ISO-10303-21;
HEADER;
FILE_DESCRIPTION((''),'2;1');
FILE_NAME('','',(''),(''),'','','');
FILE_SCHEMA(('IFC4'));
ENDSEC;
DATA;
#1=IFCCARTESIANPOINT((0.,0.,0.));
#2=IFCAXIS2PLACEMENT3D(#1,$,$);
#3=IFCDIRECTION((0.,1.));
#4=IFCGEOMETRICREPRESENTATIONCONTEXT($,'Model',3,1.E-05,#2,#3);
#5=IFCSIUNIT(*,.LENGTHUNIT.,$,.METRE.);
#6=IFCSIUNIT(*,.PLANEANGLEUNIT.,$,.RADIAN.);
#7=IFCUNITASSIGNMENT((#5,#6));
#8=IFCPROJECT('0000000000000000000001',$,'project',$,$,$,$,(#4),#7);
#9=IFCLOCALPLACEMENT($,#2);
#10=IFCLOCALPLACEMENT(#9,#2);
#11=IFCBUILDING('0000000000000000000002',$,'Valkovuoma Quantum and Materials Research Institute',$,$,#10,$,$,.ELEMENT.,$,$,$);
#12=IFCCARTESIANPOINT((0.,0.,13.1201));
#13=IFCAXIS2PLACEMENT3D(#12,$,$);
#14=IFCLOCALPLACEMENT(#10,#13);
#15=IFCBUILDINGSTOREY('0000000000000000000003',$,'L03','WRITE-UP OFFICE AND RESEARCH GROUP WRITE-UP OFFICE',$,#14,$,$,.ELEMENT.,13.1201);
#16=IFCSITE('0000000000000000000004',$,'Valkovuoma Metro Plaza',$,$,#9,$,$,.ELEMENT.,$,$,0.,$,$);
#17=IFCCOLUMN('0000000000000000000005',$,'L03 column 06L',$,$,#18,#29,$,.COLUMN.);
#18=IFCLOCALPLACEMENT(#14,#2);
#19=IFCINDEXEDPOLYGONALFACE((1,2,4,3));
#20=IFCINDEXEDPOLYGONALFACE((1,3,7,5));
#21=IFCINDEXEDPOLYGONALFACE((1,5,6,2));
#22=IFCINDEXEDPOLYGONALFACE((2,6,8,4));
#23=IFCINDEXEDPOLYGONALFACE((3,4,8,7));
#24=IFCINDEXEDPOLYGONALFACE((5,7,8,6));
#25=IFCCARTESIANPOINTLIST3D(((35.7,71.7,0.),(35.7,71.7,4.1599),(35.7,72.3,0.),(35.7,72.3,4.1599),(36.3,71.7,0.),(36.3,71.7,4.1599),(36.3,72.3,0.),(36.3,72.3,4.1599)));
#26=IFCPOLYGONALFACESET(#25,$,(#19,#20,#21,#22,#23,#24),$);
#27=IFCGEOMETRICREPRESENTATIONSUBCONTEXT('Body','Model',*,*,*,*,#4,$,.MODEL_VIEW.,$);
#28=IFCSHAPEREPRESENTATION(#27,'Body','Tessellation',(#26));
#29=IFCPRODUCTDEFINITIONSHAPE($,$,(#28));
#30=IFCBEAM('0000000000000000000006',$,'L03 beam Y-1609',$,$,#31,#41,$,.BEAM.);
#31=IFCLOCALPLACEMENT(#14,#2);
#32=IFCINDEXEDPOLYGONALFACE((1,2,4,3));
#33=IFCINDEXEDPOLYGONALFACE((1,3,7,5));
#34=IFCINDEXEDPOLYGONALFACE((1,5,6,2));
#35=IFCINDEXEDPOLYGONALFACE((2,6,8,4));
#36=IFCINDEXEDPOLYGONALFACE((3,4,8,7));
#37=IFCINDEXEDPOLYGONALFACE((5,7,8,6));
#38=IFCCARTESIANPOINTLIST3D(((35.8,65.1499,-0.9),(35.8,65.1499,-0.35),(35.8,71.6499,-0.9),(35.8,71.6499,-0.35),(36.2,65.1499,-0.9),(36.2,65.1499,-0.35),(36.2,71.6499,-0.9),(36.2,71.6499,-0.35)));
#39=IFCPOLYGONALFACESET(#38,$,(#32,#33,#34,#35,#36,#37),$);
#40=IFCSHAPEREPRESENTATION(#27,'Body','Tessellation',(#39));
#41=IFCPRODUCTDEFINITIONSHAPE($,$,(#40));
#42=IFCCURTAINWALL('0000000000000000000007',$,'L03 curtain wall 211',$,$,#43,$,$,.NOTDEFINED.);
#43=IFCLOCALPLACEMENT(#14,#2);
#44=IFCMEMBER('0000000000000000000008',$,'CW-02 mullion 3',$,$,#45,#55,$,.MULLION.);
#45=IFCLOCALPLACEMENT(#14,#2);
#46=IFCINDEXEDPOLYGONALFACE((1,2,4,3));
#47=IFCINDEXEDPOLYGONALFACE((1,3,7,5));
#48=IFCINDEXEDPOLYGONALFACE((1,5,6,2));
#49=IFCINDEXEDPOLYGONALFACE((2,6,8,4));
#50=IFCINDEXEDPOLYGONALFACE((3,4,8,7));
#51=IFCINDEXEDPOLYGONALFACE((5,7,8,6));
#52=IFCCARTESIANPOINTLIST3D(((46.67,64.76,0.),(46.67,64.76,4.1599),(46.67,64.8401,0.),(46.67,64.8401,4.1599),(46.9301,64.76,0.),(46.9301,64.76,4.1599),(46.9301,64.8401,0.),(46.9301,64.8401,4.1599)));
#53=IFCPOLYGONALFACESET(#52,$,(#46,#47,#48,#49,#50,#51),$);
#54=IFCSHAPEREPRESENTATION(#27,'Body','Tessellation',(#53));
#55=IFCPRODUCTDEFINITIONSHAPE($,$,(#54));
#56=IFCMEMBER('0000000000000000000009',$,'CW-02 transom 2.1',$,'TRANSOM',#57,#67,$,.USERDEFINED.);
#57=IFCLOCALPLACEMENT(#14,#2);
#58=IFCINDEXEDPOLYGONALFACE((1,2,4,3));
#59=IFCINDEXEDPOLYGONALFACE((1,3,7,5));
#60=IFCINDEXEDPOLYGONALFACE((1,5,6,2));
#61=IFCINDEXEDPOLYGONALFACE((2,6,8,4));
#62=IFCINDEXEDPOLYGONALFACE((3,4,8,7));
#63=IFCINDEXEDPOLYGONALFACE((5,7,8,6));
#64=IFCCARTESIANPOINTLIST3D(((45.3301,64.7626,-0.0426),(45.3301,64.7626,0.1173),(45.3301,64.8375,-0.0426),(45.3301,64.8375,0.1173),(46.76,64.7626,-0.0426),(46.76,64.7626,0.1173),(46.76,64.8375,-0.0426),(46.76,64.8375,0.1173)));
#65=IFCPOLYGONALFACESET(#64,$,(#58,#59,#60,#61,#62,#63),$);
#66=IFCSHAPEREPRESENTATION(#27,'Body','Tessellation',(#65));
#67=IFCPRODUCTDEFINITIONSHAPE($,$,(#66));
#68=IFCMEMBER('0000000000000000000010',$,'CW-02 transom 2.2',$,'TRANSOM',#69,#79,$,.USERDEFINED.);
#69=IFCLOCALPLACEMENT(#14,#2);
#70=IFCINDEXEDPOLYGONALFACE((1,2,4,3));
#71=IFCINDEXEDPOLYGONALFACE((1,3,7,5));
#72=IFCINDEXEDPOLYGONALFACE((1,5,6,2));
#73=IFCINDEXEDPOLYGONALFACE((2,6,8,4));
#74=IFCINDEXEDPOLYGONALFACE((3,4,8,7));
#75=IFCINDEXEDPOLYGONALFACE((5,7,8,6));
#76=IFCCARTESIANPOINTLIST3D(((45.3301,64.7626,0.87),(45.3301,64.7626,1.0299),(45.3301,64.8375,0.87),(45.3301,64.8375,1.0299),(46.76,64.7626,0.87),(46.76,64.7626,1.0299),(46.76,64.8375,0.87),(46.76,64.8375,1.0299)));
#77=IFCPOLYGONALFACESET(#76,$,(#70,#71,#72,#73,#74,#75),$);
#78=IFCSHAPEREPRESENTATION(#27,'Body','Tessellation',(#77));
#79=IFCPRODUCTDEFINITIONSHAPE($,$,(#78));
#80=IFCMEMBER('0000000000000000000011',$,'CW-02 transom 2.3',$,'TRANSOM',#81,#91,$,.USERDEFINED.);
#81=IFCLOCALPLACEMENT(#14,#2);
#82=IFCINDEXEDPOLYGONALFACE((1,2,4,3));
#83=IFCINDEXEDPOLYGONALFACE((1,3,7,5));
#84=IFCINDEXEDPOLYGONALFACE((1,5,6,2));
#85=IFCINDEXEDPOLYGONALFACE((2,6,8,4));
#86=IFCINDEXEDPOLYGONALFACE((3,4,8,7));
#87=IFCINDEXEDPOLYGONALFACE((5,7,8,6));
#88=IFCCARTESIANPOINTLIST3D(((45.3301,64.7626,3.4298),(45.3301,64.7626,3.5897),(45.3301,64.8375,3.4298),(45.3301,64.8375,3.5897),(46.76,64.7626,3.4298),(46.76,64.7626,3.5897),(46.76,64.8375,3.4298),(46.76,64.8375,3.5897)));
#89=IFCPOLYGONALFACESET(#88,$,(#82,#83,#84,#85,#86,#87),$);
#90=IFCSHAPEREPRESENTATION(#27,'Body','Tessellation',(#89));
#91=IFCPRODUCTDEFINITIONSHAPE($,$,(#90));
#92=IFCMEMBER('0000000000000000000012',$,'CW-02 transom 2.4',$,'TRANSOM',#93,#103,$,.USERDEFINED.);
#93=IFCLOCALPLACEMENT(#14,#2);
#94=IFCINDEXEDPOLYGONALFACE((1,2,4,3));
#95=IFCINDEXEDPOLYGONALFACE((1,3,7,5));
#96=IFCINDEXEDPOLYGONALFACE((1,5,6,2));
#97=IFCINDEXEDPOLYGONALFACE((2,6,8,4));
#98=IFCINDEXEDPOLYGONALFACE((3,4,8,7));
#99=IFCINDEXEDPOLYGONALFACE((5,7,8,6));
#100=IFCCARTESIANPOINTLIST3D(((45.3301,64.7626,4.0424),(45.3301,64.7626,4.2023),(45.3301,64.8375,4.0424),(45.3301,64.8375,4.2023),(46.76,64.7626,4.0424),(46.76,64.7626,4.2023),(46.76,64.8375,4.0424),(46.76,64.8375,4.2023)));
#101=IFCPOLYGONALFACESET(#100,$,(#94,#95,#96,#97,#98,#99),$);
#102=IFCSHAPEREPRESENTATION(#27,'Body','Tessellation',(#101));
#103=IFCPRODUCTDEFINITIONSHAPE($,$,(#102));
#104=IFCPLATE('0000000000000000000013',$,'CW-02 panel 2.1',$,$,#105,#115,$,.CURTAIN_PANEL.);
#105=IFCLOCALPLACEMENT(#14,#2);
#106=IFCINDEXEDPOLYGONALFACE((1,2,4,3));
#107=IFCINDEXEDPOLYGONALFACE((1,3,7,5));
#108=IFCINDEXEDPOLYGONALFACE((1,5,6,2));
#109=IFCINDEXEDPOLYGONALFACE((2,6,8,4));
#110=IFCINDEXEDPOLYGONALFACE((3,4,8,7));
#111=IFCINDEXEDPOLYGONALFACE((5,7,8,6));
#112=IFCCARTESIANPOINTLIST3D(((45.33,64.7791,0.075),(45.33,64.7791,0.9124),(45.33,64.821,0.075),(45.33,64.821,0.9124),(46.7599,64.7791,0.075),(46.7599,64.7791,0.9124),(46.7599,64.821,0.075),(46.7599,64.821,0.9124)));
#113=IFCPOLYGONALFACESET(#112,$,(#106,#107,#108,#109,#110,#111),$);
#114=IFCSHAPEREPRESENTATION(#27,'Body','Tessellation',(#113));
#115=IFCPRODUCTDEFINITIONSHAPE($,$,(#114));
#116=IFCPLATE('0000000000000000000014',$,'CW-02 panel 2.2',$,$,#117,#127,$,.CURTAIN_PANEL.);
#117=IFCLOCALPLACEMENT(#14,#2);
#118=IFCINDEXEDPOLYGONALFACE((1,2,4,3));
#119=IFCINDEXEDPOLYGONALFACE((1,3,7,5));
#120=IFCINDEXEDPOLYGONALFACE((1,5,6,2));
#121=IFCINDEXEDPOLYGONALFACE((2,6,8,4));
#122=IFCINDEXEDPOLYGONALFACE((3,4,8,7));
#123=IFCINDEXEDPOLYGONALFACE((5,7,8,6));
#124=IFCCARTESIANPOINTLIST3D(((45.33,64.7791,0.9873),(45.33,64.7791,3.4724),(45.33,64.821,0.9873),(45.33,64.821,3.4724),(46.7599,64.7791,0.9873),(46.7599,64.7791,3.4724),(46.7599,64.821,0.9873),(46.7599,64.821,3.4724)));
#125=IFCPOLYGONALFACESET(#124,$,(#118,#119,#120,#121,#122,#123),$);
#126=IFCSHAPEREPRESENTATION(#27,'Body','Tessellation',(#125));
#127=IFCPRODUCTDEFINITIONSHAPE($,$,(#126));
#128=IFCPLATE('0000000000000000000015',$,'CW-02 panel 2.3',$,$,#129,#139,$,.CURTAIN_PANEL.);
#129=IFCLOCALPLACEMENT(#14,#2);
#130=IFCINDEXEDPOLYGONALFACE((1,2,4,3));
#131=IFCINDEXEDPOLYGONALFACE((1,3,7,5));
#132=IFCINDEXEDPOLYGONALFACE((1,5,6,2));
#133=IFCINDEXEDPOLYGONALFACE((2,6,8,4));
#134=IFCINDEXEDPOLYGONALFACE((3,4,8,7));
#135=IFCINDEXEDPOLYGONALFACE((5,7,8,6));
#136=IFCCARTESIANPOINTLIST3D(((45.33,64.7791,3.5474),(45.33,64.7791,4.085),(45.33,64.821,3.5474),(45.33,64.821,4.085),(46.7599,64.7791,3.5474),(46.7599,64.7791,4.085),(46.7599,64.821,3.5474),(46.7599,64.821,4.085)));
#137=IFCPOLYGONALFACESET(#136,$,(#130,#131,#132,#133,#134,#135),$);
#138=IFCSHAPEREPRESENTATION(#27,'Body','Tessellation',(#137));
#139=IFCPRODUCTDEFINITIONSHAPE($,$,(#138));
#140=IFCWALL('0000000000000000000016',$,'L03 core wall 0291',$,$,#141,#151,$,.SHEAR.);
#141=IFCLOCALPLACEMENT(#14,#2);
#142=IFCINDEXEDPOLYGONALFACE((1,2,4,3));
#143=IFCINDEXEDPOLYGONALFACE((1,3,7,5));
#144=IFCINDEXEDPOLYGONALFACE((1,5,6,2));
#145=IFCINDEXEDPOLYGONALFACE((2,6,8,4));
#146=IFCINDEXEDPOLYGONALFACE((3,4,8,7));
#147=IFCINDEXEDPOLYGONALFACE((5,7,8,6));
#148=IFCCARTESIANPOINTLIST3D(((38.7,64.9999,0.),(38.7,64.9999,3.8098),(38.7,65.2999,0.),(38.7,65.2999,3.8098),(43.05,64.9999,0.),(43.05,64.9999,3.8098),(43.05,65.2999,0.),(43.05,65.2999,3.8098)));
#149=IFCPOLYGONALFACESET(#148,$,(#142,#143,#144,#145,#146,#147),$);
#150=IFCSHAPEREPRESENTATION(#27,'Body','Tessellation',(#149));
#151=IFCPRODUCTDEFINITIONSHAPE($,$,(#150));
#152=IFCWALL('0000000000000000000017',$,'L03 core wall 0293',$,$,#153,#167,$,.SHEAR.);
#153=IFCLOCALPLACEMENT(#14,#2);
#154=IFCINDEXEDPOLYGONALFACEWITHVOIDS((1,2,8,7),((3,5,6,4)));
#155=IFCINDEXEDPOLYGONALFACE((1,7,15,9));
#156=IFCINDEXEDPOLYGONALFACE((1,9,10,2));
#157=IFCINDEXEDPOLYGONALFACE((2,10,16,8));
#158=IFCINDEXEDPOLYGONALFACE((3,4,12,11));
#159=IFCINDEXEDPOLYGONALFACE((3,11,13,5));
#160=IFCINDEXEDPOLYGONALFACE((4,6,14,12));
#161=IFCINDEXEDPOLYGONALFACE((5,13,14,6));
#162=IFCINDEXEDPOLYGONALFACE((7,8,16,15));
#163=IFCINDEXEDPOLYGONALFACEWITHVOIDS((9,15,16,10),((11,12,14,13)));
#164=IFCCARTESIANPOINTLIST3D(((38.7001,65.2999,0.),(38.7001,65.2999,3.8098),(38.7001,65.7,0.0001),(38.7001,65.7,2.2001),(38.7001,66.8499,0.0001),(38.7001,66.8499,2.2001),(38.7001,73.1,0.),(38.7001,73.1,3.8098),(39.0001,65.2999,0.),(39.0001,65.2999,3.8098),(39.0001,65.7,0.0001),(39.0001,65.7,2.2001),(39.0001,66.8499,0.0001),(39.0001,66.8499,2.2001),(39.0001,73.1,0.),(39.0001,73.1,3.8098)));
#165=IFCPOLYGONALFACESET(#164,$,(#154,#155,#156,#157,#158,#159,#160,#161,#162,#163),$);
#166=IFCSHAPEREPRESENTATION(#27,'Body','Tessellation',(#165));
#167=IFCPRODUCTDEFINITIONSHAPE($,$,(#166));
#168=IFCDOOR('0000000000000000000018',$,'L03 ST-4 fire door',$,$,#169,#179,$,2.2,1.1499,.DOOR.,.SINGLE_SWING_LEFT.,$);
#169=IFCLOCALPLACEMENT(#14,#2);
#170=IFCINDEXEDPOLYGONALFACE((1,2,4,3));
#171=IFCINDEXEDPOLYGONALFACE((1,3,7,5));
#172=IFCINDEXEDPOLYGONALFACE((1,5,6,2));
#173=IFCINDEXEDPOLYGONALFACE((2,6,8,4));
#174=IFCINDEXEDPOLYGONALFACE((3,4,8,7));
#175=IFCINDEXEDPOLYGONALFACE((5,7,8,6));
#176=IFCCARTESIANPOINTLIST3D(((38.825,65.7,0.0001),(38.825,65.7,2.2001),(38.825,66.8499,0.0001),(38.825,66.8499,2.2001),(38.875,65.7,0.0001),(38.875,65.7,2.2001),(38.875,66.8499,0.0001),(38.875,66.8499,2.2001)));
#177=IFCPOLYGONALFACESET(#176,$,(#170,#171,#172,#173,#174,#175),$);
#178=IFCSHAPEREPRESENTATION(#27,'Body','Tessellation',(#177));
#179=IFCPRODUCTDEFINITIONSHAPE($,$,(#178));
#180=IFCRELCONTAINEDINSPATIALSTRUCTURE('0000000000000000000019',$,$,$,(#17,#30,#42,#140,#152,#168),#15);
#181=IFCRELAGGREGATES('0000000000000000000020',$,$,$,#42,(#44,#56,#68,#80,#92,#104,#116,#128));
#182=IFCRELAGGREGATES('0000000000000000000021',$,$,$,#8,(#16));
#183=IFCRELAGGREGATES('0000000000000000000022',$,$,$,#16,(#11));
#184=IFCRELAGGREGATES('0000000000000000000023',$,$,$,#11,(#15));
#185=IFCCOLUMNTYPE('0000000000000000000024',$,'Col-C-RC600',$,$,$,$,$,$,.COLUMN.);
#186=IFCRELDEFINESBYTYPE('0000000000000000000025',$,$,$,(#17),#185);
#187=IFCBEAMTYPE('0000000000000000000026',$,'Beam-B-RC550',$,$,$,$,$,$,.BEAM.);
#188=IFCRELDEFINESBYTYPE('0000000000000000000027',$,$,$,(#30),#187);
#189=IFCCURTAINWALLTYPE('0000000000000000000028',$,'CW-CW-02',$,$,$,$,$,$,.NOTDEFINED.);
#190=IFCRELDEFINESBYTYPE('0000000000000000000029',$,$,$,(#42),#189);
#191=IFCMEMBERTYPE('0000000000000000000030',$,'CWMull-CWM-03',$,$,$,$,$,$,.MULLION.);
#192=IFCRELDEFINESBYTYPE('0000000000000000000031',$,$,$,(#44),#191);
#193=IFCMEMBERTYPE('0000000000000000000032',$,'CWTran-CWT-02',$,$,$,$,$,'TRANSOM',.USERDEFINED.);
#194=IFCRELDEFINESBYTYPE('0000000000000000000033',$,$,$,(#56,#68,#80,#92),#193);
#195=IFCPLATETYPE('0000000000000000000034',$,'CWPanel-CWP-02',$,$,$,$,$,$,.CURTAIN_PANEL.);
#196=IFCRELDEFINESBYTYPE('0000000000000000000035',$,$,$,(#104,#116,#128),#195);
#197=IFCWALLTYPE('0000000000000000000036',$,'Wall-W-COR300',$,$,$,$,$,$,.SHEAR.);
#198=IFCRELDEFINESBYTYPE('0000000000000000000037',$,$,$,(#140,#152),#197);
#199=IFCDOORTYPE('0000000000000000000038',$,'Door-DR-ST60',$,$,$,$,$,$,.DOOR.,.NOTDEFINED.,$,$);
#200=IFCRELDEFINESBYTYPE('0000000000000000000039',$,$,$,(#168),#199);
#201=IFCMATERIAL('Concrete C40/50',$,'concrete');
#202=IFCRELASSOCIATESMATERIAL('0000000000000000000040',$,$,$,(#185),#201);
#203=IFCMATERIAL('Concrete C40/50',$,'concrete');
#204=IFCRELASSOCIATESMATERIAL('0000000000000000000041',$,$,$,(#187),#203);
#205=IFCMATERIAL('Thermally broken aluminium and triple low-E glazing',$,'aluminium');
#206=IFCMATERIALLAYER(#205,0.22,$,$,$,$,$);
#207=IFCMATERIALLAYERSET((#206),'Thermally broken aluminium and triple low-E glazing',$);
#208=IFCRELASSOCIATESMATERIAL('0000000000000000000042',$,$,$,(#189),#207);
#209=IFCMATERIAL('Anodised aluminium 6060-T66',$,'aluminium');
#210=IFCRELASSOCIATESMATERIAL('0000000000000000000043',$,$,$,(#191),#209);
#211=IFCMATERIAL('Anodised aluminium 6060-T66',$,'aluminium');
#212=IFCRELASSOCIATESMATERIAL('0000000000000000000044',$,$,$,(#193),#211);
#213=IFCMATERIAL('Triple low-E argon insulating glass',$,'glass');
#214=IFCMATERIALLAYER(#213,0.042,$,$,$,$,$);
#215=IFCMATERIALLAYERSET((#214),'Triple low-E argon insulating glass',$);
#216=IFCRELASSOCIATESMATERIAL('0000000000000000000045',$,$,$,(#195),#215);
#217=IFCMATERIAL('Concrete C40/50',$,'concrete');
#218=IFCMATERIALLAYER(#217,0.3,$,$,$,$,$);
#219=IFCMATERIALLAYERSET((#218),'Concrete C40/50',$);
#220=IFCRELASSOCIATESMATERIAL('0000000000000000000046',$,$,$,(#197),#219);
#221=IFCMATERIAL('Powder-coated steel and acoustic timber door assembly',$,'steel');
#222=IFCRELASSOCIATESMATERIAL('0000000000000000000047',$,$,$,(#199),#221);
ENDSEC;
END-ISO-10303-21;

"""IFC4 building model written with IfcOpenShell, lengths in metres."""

from ifc_helpers import new_model, si_unit, direction, frame, frame_2d, origin, origin_2d, place, context, subcontext, project, spatial, rectangle, extrude, material, layer, layer_set, material_profile, profile_set, type_object, element, fill, aggregate, save


model = new_model("IFC4")

# Units and contexts
model_context = context("Model", 3, precision=1e-05, world=origin(), true_north=direction((0.0, 1.0)))
body_context = subcontext(model_context, "Body", "Model", "MODEL_VIEW")
ifc_project = project(units=[si_unit("LENGTHUNIT", "METRE"), si_unit("PLANEANGLEUNIT", "RADIAN")], contexts=[model_context])

# Site, building, storey
site_placement = place(None, origin())
site = spatial("IfcSite", under=ifc_project, at=site_placement, Name="Valkovuoma Metro Plaza", CompositionType="ELEMENT", RefElevation=0.0)
building_placement = place(site_placement, origin())
building = spatial("IfcBuilding", under=site, at=building_placement, Name="Valkovuoma Quantum and Materials Research Institute", CompositionType="ELEMENT")
storey_placement = place(building_placement, frame((0.0, 0.0, 13.1201)))
storey = spatial("IfcBuildingStorey", under=building, at=storey_placement, Name="L03", Description="WRITE-UP OFFICE AND RESEARCH GROUP WRITE-UP OFFICE", CompositionType="ELEMENT", Elevation=13.1201)

# Column
ifc_material_1 = material(Name="Concrete C40/50", Category="concrete")
ifc_material_profile_1 = material_profile(ifc_material_1, rectangle(XDim=0.6001, YDim=0.6001, at=origin_2d()), Name="Concrete C40/50")
ifc_profile_set_1 = profile_set([ifc_material_profile_1], Name="Concrete C40/50")
column_type = type_object("IfcColumnType", Name="Col-C-RC600", PredefinedType="COLUMN", material=ifc_profile_set_1)
column_placement = place(storey_placement, frame((36.0, 72.0, 0.0), z_axis=(0.0, 0.0, 1.0), x_axis=(1.0, 0.0, 0.0)))
element("IfcColumn", 1, at=column_placement, inside=storey, type_object=column_type, Name="L03 column 06L", PredefinedType="COLUMN", context=body_context, shape_type="SweptSolid", body=[
    extrude(rectangle(XDim=0.6001, YDim=0.6001, at=origin_2d()), origin(), (0.0, 0.0, 1.0), 4.1599),
])

# Beam
ifc_material_2 = material(Name="Concrete C40/50", Category="concrete")
ifc_material_profile_2 = material_profile(ifc_material_2, rectangle(XDim=0.3999, YDim=0.55, at=origin_2d()), Name="Concrete C40/50")
ifc_profile_set_2 = profile_set([ifc_material_profile_2], Name="Concrete C40/50")
beam_type = type_object("IfcBeamType", Name="Beam-B-RC550", PredefinedType="BEAM", material=ifc_profile_set_2)
beam_placement = place(storey_placement, frame((36.0, 65.1499, -0.625), z_axis=(0.0, 1.0, 0.0), x_axis=(-1.0, 0.0, 0.0)))
element("IfcBeam", 2, at=beam_placement, inside=storey, type_object=beam_type, Name="L03 beam Y-1609", PredefinedType="BEAM", context=body_context, shape_type="SweptSolid", body=[
    extrude(rectangle(XDim=0.3999, YDim=0.55, at=origin_2d()), origin(), (0.0, 0.0, 1.0), 6.5),
])

# Curtain wall, members, plates
ifc_material_3 = material(Name="Thermally broken aluminium and triple low-E glazing", Category="aluminium")
ifc_layer_1 = layer(ifc_material_3, 0.22)
ifc_layer_set_1 = layer_set([ifc_layer_1], Name="Thermally broken aluminium and triple low-E glazing")
curtain_wall_type = type_object("IfcCurtainWallType", Name="CW-CW-02", PredefinedType="NOTDEFINED", material=ifc_layer_set_1)
curtain_wall_placement = place(storey_placement, origin())
curtain_wall = element("IfcCurtainWall", 3, at=curtain_wall_placement, inside=storey, type_object=curtain_wall_type, Name="L03 curtain wall 211", PredefinedType="NOTDEFINED")
ifc_material_4 = material(Name="Anodised aluminium 6060-T66", Category="aluminium")
ifc_material_profile_3 = material_profile(ifc_material_4, rectangle(XDim=0.0801, YDim=0.26, at=origin_2d()), Name="Anodised aluminium 6060-T66")
ifc_profile_set_3 = profile_set([ifc_material_profile_3], Name="Anodised aluminium 6060-T66")
member_type_1 = type_object("IfcMemberType", Name="CWMull-CWM-03", PredefinedType="MULLION", material=ifc_profile_set_3)
member_1_placement = place(storey_placement, frame((46.8, 64.8, 0.0), z_axis=(0.0, 0.0, 1.0), x_axis=(0.0, 1.0, 0.0)))
member_1 = element("IfcMember", 4, at=member_1_placement, type_object=member_type_1, Name="CW-02 mullion 3", PredefinedType="MULLION", context=body_context, shape_type="SweptSolid", body=[
    extrude(rectangle(XDim=0.0801, YDim=0.26, at=origin_2d()), origin(), (0.0, 0.0, 1.0), 4.1599),
])
ifc_material_5 = material(Name="Anodised aluminium 6060-T66", Category="aluminium")
ifc_material_profile_4 = material_profile(ifc_material_5, rectangle(XDim=0.075, YDim=0.1599, at=origin_2d()), Name="Anodised aluminium 6060-T66")
ifc_profile_set_4 = profile_set([ifc_material_profile_4], Name="Anodised aluminium 6060-T66")
member_type_2 = type_object("IfcMemberType", Name="CWTran-CWT-02", ElementType="TRANSOM", PredefinedType="USERDEFINED", material=ifc_profile_set_4)
member_2_placement = place(storey_placement, frame((45.3301, 64.8, 0.0374), z_axis=(1.0, 0.0, 0.0), x_axis=(0.0, 1.0, 0.0)))
member_2 = element("IfcMember", 5, at=member_2_placement, type_object=member_type_2, Name="CW-02 transom 2.1", ObjectType="TRANSOM", PredefinedType="USERDEFINED", context=body_context, shape_type="SweptSolid", body=[
    extrude(rectangle(XDim=0.075, YDim=0.1599, at=origin_2d()), origin(), (0.0, 0.0, 1.0), 1.4299),
])
member_3_placement = place(storey_placement, frame((45.3301, 64.8, 0.95), z_axis=(1.0, 0.0, 0.0), x_axis=(0.0, 1.0, 0.0)))
member_3 = element("IfcMember", 6, at=member_3_placement, type_object=member_type_2, Name="CW-02 transom 2.2", ObjectType="TRANSOM", PredefinedType="USERDEFINED", context=body_context, shape_type="SweptSolid", body=[
    extrude(rectangle(XDim=0.075, YDim=0.1599, at=origin_2d()), origin(), (0.0, 0.0, 1.0), 1.4299),
])
member_4_placement = place(storey_placement, frame((45.3301, 64.8, 3.5098), z_axis=(1.0, 0.0, 0.0), x_axis=(0.0, 1.0, 0.0)))
member_4 = element("IfcMember", 7, at=member_4_placement, type_object=member_type_2, Name="CW-02 transom 2.3", ObjectType="TRANSOM", PredefinedType="USERDEFINED", context=body_context, shape_type="SweptSolid", body=[
    extrude(rectangle(XDim=0.075, YDim=0.1599, at=origin_2d()), origin(), (0.0, 0.0, 1.0), 1.4299),
])
member_5_placement = place(storey_placement, frame((45.3301, 64.8, 4.1223), z_axis=(1.0, 0.0, 0.0), x_axis=(0.0, 1.0, 0.0)))
member_5 = element("IfcMember", 8, at=member_5_placement, type_object=member_type_2, Name="CW-02 transom 2.4", ObjectType="TRANSOM", PredefinedType="USERDEFINED", context=body_context, shape_type="SweptSolid", body=[
    extrude(rectangle(XDim=0.075, YDim=0.1599, at=origin_2d()), origin(), (0.0, 0.0, 1.0), 1.4299),
])
ifc_material_6 = material(Name="Triple low-E argon insulating glass", Category="glass")
ifc_layer_2 = layer(ifc_material_6, 0.042)
ifc_layer_set_2 = layer_set([ifc_layer_2], Name="Triple low-E argon insulating glass")
plate_type = type_object("IfcPlateType", Name="CWPanel-CWP-02", PredefinedType="CURTAIN_PANEL", material=ifc_layer_set_2)
plate_1_placement = place(storey_placement, frame((46.0449, 64.8, 0.075), z_axis=(0.0, 0.0, 1.0), x_axis=(1.0, 0.0, 0.0)))
plate_1 = element("IfcPlate", 9, at=plate_1_placement, type_object=plate_type, Name="CW-02 panel 2.1", PredefinedType="CURTAIN_PANEL", context=body_context, shape_type="SweptSolid", body=[
    extrude(rectangle(XDim=1.4299, YDim=0.042, at=origin_2d()), origin(), (0.0, 0.0, 1.0), 0.8374),
])
plate_2_placement = place(storey_placement, frame((46.0449, 64.8, 0.9873), z_axis=(0.0, 0.0, 1.0), x_axis=(1.0, 0.0, 0.0)))
plate_2 = element("IfcPlate", 10, at=plate_2_placement, type_object=plate_type, Name="CW-02 panel 2.2", PredefinedType="CURTAIN_PANEL", context=body_context, shape_type="SweptSolid", body=[
    extrude(rectangle(XDim=1.4299, YDim=0.042, at=origin_2d()), origin(), (0.0, 0.0, 1.0), 2.4851),
])
plate_3_placement = place(storey_placement, frame((46.0449, 64.8, 3.5474), z_axis=(0.0, 0.0, 1.0), x_axis=(1.0, 0.0, 0.0)))
plate_3 = element("IfcPlate", 11, at=plate_3_placement, type_object=plate_type, Name="CW-02 panel 2.3", PredefinedType="CURTAIN_PANEL", context=body_context, shape_type="SweptSolid", body=[
    extrude(rectangle(XDim=1.4299, YDim=0.042, at=origin_2d()), origin(), (0.0, 0.0, 1.0), 0.5376),
])
aggregate(curtain_wall, [member_1, member_2, member_3, member_4, member_5, plate_1, plate_2, plate_3])

# Wall
ifc_material_7 = material(Name="Concrete C40/50", Category="concrete")
ifc_layer_3 = layer(ifc_material_7, 0.3)
ifc_layer_set_3 = layer_set([ifc_layer_3], Name="Concrete C40/50")
wall_type_1 = type_object("IfcWallType", Name="Wall-W-COR300", PredefinedType="SHEAR", material=ifc_layer_set_3)
wall_1_placement = place(storey_placement, frame((38.7, 65.1499, 0.0), z_axis=(0.0, 0.0, 1.0), x_axis=(1.0, 0.0, 0.0)))
element("IfcWall", 12, at=wall_1_placement, inside=storey, type_object=wall_type_1, Name="L03 core wall 0291", PredefinedType="SHEAR", context=body_context, shape_type="SweptSolid", body=[
    extrude(rectangle(XDim=4.3501, YDim=0.3, at=frame_2d((2.175, 0.0))), origin(), (0.0, 0.0, 1.0), 3.8098),
])

# Wall, opening, door
wall_2_placement = place(storey_placement, frame((38.8501, 65.3, 0.0), z_axis=(0.0, 0.0, 1.0), x_axis=(0.0, 1.0, 0.0)))
wall_2 = element("IfcWall", 13, at=wall_2_placement, inside=storey, type_object=wall_type_1, Name="L03 core wall 0293", PredefinedType="SHEAR", context=body_context, shape_type="SweptSolid", body=[
    extrude(rectangle(XDim=7.8, YDim=0.3, at=frame_2d((3.8999, 0.0))), origin(), (0.0, 0.0, 1.0), 3.8098),
])
opening_1_placement = place(wall_2_placement, frame((0.3999, 0.0, 0.0)))
opening_1 = element("IfcOpeningElement", 14, at=opening_1_placement, cuts=wall_2, PredefinedType="OPENING", context=body_context, shape_type="SweptSolid", body=[
    extrude(rectangle(XDim=1.1499, YDim=2.2, at=frame_2d((0.575, 1.1001))), frame((0.0, 0.1602, 0.0), z_axis=(0.0, -1.0, 0.0), x_axis=(1.0, 0.0, 0.0)), (0.0, 0.0, 1.0), 0.3201),
])
ifc_material_8 = material(Name="Powder-coated steel and acoustic timber door assembly", Category="steel")
door_type = type_object("IfcDoorType", Name="Door-DR-ST60", OperationType="NOTDEFINED", PredefinedType="DOOR", material=ifc_material_8)
door_placement = place(opening_1_placement, frame((1.1499, 0.0, 0.0), z_axis=(0.0, 0.0, 1.0), x_axis=(-1.0, 0.0, 0.0)))
door = element("IfcDoor", 15, at=door_placement, inside=storey, type_object=door_type, Name="L03 ST-4 fire door", OperationType="SINGLE_SWING_LEFT", OverallHeight=2.2, OverallWidth=1.1499, PredefinedType="DOOR", context=body_context, shape_type="SweptSolid", body=[
    extrude(rectangle(XDim=1.1499, YDim=2.2, at=frame_2d((0.575, 1.1001))), frame((0.0, 0.0249, 0.0), z_axis=(0.0, -1.0, 0.0), x_axis=(1.0, 0.0, 0.0)), (0.0, 0.0, 1.0), 0.05),
])
fill(opening_1, door)

save(model, "model.ifc")
